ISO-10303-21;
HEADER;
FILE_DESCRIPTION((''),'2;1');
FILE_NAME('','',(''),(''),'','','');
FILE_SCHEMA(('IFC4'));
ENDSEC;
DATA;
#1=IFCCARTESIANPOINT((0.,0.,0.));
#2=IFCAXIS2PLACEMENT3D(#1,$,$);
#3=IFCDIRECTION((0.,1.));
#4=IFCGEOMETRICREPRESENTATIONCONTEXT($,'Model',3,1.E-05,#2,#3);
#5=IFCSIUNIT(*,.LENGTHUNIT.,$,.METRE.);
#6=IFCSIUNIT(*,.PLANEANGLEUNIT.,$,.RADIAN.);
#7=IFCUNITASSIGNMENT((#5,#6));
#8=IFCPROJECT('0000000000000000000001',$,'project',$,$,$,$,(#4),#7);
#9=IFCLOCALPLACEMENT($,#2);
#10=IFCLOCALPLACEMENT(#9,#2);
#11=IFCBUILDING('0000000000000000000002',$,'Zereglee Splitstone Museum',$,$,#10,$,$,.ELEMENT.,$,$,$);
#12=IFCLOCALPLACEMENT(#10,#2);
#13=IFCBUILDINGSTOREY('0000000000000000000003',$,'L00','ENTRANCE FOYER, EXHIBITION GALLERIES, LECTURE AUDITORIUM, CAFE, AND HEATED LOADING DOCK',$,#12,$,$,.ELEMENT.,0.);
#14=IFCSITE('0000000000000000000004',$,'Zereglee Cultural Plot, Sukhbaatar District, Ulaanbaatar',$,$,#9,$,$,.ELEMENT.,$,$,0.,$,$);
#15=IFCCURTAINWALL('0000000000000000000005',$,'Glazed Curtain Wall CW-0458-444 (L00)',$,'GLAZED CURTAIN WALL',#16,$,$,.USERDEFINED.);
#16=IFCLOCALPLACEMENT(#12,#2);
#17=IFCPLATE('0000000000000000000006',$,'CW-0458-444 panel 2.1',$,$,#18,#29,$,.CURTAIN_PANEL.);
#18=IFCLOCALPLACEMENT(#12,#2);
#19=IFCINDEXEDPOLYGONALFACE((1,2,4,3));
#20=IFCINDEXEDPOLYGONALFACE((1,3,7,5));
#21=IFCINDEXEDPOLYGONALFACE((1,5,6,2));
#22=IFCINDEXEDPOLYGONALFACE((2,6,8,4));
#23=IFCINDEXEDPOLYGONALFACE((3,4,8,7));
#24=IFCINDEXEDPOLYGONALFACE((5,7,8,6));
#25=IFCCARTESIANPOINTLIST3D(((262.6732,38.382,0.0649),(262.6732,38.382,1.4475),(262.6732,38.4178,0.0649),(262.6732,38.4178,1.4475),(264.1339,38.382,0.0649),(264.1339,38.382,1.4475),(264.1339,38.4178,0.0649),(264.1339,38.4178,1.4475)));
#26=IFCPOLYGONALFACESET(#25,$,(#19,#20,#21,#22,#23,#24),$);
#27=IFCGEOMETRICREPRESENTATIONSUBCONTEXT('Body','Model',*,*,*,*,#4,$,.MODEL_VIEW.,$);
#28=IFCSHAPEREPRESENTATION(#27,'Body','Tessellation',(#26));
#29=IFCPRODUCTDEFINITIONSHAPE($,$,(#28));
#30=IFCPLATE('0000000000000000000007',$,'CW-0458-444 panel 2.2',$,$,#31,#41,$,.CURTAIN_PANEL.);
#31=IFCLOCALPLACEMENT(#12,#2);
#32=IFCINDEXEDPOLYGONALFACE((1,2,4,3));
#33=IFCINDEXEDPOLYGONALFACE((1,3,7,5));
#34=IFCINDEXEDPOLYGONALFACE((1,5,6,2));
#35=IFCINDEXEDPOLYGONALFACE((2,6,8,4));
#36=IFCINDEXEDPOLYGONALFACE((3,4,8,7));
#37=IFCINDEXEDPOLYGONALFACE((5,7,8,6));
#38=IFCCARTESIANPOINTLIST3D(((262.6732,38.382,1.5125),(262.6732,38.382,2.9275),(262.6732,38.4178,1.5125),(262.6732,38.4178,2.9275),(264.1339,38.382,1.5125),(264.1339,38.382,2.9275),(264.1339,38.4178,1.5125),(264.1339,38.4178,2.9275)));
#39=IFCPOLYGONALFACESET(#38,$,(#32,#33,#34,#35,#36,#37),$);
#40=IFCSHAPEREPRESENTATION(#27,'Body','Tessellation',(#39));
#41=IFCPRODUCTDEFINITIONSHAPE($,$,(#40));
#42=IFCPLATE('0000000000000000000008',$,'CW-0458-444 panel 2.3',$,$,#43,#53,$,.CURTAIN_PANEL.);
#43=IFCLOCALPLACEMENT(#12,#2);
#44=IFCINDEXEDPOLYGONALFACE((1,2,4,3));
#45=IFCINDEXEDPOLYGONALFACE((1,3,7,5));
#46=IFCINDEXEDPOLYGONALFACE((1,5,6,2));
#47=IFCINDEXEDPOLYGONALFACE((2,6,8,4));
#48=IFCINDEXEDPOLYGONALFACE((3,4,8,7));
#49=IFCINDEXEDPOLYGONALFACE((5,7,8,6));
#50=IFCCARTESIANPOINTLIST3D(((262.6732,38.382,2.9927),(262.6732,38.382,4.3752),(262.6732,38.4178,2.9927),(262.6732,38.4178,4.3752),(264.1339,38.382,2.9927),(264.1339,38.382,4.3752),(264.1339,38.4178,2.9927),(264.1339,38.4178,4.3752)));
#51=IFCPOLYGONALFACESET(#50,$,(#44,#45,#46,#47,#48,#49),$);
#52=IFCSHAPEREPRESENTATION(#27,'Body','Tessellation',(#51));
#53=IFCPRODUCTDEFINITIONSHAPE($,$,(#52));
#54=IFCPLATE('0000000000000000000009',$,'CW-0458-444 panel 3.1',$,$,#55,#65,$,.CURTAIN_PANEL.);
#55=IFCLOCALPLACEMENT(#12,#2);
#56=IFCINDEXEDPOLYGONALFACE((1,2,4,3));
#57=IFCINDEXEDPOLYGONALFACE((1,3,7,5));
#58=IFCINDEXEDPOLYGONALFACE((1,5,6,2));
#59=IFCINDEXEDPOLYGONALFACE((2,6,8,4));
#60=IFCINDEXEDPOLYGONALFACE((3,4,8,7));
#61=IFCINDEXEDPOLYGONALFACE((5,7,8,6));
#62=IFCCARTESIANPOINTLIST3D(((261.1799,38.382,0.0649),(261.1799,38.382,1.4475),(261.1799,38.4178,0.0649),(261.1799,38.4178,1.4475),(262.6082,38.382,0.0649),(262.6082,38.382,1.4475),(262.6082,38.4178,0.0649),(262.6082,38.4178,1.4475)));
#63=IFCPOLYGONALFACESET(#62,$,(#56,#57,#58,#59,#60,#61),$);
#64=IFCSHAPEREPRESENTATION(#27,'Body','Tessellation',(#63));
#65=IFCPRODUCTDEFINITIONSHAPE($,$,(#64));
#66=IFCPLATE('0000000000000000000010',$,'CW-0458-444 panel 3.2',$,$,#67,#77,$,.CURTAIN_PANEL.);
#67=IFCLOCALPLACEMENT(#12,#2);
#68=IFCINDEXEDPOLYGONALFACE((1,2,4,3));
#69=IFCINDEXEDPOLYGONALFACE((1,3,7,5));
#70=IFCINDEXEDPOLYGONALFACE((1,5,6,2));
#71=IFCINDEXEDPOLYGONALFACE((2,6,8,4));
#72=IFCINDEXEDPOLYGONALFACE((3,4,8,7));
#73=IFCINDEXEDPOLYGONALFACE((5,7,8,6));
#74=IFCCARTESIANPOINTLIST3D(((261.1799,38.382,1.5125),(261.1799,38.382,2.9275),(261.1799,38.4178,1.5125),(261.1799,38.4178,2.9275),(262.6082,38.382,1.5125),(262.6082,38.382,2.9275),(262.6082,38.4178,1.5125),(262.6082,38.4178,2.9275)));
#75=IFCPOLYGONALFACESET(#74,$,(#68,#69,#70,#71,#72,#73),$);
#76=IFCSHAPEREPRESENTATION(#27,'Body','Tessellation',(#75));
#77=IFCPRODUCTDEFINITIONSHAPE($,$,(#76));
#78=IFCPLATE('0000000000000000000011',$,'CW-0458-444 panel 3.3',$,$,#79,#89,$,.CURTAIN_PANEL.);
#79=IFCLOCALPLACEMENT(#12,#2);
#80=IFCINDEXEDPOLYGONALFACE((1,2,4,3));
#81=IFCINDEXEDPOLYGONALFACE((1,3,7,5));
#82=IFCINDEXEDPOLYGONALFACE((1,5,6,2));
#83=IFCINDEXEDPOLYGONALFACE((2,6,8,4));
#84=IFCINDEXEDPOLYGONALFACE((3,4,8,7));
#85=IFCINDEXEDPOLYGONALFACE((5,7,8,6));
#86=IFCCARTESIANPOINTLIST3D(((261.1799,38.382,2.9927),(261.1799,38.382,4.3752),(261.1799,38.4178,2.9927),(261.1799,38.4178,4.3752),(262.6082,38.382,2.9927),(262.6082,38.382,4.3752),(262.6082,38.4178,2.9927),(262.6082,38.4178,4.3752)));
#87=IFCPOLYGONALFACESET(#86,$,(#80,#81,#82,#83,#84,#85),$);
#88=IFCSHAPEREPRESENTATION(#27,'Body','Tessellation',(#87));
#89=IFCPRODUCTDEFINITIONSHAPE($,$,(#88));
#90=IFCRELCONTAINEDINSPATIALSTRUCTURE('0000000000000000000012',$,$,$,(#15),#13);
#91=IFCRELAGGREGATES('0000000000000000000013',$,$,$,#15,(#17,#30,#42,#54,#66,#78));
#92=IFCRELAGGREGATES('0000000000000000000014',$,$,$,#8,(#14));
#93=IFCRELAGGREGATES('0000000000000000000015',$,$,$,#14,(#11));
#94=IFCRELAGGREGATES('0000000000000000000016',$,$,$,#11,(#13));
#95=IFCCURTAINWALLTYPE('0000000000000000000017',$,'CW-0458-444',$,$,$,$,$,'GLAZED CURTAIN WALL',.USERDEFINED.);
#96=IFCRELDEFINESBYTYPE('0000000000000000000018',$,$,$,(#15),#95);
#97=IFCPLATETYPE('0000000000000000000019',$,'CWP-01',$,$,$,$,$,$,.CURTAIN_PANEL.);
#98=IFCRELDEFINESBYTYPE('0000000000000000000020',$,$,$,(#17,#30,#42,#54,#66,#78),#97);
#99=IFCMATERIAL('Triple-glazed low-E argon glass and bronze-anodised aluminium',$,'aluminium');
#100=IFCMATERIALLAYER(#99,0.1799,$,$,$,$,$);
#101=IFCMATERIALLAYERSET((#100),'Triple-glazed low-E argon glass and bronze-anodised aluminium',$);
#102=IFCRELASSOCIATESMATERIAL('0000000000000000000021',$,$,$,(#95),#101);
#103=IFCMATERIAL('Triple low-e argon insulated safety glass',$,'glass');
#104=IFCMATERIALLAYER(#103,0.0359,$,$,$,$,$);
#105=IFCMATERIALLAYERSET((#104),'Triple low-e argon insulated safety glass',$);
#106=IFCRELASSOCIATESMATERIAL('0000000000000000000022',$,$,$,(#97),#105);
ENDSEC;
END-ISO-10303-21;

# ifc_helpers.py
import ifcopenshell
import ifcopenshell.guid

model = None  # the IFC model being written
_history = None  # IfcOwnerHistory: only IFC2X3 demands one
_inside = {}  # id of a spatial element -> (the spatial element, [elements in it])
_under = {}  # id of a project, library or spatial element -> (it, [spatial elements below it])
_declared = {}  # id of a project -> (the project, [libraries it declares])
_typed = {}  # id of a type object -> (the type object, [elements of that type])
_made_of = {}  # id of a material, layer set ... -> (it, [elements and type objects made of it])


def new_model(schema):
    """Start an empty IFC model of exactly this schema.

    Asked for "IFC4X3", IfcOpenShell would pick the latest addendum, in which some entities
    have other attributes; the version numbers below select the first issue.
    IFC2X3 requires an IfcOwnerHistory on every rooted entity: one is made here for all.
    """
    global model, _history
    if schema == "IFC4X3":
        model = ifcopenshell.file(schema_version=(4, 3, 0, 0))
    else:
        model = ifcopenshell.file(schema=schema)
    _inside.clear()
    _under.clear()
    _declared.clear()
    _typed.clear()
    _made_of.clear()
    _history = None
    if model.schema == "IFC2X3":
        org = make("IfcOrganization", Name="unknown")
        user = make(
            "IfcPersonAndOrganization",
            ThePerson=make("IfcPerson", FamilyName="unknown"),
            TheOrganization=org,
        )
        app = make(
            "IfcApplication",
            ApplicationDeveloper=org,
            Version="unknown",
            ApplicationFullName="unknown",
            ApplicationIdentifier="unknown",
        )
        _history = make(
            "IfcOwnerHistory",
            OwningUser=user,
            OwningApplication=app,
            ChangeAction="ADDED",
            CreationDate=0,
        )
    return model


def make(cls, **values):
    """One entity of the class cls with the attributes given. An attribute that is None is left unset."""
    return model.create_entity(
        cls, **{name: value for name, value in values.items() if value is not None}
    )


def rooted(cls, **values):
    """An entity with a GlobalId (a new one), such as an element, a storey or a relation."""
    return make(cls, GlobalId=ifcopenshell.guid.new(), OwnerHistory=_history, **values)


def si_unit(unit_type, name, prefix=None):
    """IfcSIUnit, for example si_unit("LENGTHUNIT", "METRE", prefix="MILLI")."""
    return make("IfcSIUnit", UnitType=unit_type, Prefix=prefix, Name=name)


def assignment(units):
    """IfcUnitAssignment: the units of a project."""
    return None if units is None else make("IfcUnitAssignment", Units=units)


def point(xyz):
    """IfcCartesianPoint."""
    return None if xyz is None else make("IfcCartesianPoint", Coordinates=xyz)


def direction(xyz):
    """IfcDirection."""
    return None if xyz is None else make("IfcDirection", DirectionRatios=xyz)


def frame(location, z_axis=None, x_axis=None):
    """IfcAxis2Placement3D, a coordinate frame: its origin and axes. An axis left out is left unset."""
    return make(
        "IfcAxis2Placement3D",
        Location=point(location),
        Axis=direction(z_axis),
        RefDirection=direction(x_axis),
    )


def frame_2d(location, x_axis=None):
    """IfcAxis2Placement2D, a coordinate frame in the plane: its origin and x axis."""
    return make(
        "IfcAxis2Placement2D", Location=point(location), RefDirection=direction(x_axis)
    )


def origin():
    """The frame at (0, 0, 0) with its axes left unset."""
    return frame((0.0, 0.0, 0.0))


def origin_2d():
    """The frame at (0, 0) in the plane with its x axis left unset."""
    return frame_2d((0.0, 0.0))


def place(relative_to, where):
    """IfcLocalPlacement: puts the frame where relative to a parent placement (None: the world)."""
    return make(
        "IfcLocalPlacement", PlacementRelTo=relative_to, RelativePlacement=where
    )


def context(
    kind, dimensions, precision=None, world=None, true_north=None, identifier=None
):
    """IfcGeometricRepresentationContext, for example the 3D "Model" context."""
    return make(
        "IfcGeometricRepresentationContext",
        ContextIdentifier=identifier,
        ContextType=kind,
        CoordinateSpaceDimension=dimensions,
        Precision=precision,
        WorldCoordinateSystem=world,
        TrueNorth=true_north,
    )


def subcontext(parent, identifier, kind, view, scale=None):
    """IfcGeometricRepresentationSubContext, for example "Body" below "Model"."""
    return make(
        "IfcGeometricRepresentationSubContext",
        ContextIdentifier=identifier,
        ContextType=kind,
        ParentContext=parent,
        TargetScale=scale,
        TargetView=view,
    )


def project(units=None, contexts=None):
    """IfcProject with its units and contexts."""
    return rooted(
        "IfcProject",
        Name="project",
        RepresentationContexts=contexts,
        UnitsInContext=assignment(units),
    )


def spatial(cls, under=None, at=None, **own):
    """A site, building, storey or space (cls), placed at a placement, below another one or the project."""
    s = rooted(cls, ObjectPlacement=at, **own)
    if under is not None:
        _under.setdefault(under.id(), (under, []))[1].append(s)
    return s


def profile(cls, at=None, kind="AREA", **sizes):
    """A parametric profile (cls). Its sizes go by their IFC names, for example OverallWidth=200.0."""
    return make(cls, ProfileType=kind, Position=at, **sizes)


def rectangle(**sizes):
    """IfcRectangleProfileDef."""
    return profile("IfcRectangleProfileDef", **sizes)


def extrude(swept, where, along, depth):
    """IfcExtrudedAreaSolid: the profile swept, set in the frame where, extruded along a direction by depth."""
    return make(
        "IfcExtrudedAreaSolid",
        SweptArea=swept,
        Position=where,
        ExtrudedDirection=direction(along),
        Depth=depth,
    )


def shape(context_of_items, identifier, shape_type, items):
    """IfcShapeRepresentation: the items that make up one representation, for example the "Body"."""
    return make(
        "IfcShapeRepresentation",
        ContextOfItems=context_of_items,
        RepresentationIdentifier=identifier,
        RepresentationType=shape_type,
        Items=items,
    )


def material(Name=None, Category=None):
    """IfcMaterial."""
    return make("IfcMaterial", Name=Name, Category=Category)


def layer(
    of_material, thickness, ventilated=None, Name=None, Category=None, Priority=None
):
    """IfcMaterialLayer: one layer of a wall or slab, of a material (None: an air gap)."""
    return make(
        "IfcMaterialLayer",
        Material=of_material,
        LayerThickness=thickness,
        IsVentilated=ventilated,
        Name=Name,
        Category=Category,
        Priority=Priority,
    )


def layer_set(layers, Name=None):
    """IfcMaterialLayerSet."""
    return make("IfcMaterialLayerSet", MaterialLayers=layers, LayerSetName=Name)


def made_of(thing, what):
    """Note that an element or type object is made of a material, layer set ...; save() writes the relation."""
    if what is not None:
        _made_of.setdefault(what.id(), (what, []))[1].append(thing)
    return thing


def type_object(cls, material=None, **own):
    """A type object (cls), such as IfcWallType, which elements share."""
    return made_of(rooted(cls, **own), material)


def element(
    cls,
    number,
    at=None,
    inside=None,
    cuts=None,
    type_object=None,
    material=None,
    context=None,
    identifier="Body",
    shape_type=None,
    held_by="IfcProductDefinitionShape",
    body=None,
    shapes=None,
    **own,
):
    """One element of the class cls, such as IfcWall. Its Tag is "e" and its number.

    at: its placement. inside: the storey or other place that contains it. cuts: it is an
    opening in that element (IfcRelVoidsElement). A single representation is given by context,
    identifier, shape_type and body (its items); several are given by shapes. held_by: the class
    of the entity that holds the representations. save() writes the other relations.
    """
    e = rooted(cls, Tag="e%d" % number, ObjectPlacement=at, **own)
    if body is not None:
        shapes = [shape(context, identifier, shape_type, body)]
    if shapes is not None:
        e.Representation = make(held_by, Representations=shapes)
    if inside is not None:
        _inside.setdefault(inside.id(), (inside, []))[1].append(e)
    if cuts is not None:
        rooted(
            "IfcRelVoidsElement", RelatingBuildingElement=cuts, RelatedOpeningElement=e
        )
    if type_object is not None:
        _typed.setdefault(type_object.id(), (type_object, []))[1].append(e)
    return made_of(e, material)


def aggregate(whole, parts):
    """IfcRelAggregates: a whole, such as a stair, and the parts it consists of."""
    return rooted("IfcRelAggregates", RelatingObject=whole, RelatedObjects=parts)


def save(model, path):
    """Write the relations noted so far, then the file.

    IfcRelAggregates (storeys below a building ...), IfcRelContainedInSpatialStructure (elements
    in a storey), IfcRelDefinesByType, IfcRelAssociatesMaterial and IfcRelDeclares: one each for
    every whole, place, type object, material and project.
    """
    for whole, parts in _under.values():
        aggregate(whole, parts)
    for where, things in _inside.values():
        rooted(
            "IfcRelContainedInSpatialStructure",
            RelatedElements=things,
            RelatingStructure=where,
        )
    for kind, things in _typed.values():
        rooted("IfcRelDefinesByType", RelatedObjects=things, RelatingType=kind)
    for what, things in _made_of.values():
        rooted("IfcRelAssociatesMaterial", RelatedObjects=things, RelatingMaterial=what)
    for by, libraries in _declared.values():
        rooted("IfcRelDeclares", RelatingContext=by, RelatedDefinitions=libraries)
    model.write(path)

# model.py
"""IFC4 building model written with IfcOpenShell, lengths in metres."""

from ifc_helpers import new_model, si_unit, direction, frame, origin, origin_2d, place, context, subcontext, project, spatial, rectangle, extrude, material, layer, layer_set, type_object, element, aggregate, save


model = new_model("IFC4")

# Units and contexts
model_context = context("Model", 3, precision=1e-05, world=origin(), true_north=direction((0.0, 1.0)))
body_context = subcontext(model_context, "Body", "Model", "MODEL_VIEW")
ifc_project = project(units=[si_unit("LENGTHUNIT", "METRE"), si_unit("PLANEANGLEUNIT", "RADIAN")], contexts=[model_context])

# Site, building, storey
site_placement = place(None, origin())
site = spatial("IfcSite", under=ifc_project, at=site_placement, Name="Zereglee Cultural Plot, Sukhbaatar District, Ulaanbaatar", CompositionType="ELEMENT", RefElevation=0.0)
building_placement = place(site_placement, origin())
building = spatial("IfcBuilding", under=site, at=building_placement, Name="Zereglee Splitstone Museum", CompositionType="ELEMENT")
storey_placement = place(building_placement, origin())
storey = spatial("IfcBuildingStorey", under=building, at=storey_placement, Name="L00", Description="ENTRANCE FOYER, EXHIBITION GALLERIES, LECTURE AUDITORIUM, CAFE, AND HEATED LOADING DOCK", CompositionType="ELEMENT", Elevation=0.0)

# Curtain wall
ifc_material_1 = material(Name="Triple-glazed low-E argon glass and bronze-anodised aluminium", Category="aluminium")
ifc_layer_1 = layer(ifc_material_1, 0.1799)
ifc_layer_set_1 = layer_set([ifc_layer_1], Name="Triple-glazed low-E argon glass and bronze-anodised aluminium")
curtain_wall_type_1 = type_object("IfcCurtainWallType", Name="CW-0458-444", ElementType="GLAZED CURTAIN WALL", PredefinedType="USERDEFINED", material=ifc_layer_set_1)
curtain_wall_1_placement = place(storey_placement, origin())
curtain_wall_1 = element("IfcCurtainWall", 1, at=curtain_wall_1_placement, inside=storey, type_object=curtain_wall_type_1, Name="Glazed Curtain Wall CW-0458-444 (L00)", ObjectType="GLAZED CURTAIN WALL", PredefinedType="USERDEFINED")

# Plates
ifc_material_2 = material(Name="Triple low-e argon insulated safety glass", Category="glass")
ifc_layer_2 = layer(ifc_material_2, 0.0359)
ifc_layer_set_2 = layer_set([ifc_layer_2], Name="Triple low-e argon insulated safety glass")
plate_type = type_object("IfcPlateType", Name="CWP-01", PredefinedType="CURTAIN_PANEL", material=ifc_layer_set_2)
plate_1_placement = place(storey_placement, frame((263.4036, 38.3999, 0.0649), z_axis=(0.0, 0.0, 1.0), x_axis=(-1.0, 0.0, 0.0)))
plate_1 = element("IfcPlate", 2, at=plate_1_placement, type_object=plate_type, Name="CW-0458-444 panel 2.1", PredefinedType="CURTAIN_PANEL", context=body_context, shape_type="SweptSolid", body=[
    extrude(rectangle(XDim=1.4607, YDim=0.0359, at=origin_2d()), origin(), (0.0, 0.0, 1.0), 1.3826),
])
plate_2_placement = place(storey_placement, frame((263.4036, 38.3999, 1.5125), z_axis=(0.0, 0.0, 1.0), x_axis=(-1.0, 0.0, 0.0)))
plate_2 = element("IfcPlate", 3, at=plate_2_placement, type_object=plate_type, Name="CW-0458-444 panel 2.2", PredefinedType="CURTAIN_PANEL", context=body_context, shape_type="SweptSolid", body=[
    extrude(rectangle(XDim=1.4607, YDim=0.0359, at=origin_2d()), origin(), (0.0, 0.0, 1.0), 1.415),
])
plate_3_placement = place(storey_placement, frame((263.4036, 38.3999, 2.9927), z_axis=(0.0, 0.0, 1.0), x_axis=(-1.0, 0.0, 0.0)))
plate_3 = element("IfcPlate", 4, at=plate_3_placement, type_object=plate_type, Name="CW-0458-444 panel 2.3", PredefinedType="CURTAIN_PANEL", context=body_context, shape_type="SweptSolid", body=[
    extrude(rectangle(XDim=1.4607, YDim=0.0359, at=origin_2d()), origin(), (0.0, 0.0, 1.0), 1.3826),
])
plate_4_placement = place(storey_placement, frame((261.894, 38.3999, 0.0649), z_axis=(0.0, 0.0, 1.0), x_axis=(-1.0, 0.0, 0.0)))
plate_4 = element("IfcPlate", 5, at=plate_4_placement, type_object=plate_type, Name="CW-0458-444 panel 3.1", PredefinedType="CURTAIN_PANEL", context=body_context, shape_type="SweptSolid", body=[
    extrude(rectangle(XDim=1.4282, YDim=0.0359, at=origin_2d()), origin(), (0.0, 0.0, 1.0), 1.3826),
])
plate_5_placement = place(storey_placement, frame((261.894, 38.3999, 1.5125), z_axis=(0.0, 0.0, 1.0), x_axis=(-1.0, 0.0, 0.0)))
plate_5 = element("IfcPlate", 6, at=plate_5_placement, type_object=plate_type, Name="CW-0458-444 panel 3.2", PredefinedType="CURTAIN_PANEL", context=body_context, shape_type="SweptSolid", body=[
    extrude(rectangle(XDim=1.4282, YDim=0.0359, at=origin_2d()), origin(), (0.0, 0.0, 1.0), 1.415),
])
plate_6_placement = place(storey_placement, frame((261.894, 38.3999, 2.9927), z_axis=(0.0, 0.0, 1.0), x_axis=(-1.0, 0.0, 0.0)))
plate_6 = element("IfcPlate", 7, at=plate_6_placement, type_object=plate_type, Name="CW-0458-444 panel 3.3", PredefinedType="CURTAIN_PANEL", context=body_context, shape_type="SweptSolid", body=[
    extrude(rectangle(XDim=1.4282, YDim=0.0359, at=origin_2d()), origin(), (0.0, 0.0, 1.0), 1.3826),
])
aggregate(curtain_wall_1, [plate_1, plate_2, plate_3, plate_4, plate_5, plate_6])

save(model, "model.ifc")
